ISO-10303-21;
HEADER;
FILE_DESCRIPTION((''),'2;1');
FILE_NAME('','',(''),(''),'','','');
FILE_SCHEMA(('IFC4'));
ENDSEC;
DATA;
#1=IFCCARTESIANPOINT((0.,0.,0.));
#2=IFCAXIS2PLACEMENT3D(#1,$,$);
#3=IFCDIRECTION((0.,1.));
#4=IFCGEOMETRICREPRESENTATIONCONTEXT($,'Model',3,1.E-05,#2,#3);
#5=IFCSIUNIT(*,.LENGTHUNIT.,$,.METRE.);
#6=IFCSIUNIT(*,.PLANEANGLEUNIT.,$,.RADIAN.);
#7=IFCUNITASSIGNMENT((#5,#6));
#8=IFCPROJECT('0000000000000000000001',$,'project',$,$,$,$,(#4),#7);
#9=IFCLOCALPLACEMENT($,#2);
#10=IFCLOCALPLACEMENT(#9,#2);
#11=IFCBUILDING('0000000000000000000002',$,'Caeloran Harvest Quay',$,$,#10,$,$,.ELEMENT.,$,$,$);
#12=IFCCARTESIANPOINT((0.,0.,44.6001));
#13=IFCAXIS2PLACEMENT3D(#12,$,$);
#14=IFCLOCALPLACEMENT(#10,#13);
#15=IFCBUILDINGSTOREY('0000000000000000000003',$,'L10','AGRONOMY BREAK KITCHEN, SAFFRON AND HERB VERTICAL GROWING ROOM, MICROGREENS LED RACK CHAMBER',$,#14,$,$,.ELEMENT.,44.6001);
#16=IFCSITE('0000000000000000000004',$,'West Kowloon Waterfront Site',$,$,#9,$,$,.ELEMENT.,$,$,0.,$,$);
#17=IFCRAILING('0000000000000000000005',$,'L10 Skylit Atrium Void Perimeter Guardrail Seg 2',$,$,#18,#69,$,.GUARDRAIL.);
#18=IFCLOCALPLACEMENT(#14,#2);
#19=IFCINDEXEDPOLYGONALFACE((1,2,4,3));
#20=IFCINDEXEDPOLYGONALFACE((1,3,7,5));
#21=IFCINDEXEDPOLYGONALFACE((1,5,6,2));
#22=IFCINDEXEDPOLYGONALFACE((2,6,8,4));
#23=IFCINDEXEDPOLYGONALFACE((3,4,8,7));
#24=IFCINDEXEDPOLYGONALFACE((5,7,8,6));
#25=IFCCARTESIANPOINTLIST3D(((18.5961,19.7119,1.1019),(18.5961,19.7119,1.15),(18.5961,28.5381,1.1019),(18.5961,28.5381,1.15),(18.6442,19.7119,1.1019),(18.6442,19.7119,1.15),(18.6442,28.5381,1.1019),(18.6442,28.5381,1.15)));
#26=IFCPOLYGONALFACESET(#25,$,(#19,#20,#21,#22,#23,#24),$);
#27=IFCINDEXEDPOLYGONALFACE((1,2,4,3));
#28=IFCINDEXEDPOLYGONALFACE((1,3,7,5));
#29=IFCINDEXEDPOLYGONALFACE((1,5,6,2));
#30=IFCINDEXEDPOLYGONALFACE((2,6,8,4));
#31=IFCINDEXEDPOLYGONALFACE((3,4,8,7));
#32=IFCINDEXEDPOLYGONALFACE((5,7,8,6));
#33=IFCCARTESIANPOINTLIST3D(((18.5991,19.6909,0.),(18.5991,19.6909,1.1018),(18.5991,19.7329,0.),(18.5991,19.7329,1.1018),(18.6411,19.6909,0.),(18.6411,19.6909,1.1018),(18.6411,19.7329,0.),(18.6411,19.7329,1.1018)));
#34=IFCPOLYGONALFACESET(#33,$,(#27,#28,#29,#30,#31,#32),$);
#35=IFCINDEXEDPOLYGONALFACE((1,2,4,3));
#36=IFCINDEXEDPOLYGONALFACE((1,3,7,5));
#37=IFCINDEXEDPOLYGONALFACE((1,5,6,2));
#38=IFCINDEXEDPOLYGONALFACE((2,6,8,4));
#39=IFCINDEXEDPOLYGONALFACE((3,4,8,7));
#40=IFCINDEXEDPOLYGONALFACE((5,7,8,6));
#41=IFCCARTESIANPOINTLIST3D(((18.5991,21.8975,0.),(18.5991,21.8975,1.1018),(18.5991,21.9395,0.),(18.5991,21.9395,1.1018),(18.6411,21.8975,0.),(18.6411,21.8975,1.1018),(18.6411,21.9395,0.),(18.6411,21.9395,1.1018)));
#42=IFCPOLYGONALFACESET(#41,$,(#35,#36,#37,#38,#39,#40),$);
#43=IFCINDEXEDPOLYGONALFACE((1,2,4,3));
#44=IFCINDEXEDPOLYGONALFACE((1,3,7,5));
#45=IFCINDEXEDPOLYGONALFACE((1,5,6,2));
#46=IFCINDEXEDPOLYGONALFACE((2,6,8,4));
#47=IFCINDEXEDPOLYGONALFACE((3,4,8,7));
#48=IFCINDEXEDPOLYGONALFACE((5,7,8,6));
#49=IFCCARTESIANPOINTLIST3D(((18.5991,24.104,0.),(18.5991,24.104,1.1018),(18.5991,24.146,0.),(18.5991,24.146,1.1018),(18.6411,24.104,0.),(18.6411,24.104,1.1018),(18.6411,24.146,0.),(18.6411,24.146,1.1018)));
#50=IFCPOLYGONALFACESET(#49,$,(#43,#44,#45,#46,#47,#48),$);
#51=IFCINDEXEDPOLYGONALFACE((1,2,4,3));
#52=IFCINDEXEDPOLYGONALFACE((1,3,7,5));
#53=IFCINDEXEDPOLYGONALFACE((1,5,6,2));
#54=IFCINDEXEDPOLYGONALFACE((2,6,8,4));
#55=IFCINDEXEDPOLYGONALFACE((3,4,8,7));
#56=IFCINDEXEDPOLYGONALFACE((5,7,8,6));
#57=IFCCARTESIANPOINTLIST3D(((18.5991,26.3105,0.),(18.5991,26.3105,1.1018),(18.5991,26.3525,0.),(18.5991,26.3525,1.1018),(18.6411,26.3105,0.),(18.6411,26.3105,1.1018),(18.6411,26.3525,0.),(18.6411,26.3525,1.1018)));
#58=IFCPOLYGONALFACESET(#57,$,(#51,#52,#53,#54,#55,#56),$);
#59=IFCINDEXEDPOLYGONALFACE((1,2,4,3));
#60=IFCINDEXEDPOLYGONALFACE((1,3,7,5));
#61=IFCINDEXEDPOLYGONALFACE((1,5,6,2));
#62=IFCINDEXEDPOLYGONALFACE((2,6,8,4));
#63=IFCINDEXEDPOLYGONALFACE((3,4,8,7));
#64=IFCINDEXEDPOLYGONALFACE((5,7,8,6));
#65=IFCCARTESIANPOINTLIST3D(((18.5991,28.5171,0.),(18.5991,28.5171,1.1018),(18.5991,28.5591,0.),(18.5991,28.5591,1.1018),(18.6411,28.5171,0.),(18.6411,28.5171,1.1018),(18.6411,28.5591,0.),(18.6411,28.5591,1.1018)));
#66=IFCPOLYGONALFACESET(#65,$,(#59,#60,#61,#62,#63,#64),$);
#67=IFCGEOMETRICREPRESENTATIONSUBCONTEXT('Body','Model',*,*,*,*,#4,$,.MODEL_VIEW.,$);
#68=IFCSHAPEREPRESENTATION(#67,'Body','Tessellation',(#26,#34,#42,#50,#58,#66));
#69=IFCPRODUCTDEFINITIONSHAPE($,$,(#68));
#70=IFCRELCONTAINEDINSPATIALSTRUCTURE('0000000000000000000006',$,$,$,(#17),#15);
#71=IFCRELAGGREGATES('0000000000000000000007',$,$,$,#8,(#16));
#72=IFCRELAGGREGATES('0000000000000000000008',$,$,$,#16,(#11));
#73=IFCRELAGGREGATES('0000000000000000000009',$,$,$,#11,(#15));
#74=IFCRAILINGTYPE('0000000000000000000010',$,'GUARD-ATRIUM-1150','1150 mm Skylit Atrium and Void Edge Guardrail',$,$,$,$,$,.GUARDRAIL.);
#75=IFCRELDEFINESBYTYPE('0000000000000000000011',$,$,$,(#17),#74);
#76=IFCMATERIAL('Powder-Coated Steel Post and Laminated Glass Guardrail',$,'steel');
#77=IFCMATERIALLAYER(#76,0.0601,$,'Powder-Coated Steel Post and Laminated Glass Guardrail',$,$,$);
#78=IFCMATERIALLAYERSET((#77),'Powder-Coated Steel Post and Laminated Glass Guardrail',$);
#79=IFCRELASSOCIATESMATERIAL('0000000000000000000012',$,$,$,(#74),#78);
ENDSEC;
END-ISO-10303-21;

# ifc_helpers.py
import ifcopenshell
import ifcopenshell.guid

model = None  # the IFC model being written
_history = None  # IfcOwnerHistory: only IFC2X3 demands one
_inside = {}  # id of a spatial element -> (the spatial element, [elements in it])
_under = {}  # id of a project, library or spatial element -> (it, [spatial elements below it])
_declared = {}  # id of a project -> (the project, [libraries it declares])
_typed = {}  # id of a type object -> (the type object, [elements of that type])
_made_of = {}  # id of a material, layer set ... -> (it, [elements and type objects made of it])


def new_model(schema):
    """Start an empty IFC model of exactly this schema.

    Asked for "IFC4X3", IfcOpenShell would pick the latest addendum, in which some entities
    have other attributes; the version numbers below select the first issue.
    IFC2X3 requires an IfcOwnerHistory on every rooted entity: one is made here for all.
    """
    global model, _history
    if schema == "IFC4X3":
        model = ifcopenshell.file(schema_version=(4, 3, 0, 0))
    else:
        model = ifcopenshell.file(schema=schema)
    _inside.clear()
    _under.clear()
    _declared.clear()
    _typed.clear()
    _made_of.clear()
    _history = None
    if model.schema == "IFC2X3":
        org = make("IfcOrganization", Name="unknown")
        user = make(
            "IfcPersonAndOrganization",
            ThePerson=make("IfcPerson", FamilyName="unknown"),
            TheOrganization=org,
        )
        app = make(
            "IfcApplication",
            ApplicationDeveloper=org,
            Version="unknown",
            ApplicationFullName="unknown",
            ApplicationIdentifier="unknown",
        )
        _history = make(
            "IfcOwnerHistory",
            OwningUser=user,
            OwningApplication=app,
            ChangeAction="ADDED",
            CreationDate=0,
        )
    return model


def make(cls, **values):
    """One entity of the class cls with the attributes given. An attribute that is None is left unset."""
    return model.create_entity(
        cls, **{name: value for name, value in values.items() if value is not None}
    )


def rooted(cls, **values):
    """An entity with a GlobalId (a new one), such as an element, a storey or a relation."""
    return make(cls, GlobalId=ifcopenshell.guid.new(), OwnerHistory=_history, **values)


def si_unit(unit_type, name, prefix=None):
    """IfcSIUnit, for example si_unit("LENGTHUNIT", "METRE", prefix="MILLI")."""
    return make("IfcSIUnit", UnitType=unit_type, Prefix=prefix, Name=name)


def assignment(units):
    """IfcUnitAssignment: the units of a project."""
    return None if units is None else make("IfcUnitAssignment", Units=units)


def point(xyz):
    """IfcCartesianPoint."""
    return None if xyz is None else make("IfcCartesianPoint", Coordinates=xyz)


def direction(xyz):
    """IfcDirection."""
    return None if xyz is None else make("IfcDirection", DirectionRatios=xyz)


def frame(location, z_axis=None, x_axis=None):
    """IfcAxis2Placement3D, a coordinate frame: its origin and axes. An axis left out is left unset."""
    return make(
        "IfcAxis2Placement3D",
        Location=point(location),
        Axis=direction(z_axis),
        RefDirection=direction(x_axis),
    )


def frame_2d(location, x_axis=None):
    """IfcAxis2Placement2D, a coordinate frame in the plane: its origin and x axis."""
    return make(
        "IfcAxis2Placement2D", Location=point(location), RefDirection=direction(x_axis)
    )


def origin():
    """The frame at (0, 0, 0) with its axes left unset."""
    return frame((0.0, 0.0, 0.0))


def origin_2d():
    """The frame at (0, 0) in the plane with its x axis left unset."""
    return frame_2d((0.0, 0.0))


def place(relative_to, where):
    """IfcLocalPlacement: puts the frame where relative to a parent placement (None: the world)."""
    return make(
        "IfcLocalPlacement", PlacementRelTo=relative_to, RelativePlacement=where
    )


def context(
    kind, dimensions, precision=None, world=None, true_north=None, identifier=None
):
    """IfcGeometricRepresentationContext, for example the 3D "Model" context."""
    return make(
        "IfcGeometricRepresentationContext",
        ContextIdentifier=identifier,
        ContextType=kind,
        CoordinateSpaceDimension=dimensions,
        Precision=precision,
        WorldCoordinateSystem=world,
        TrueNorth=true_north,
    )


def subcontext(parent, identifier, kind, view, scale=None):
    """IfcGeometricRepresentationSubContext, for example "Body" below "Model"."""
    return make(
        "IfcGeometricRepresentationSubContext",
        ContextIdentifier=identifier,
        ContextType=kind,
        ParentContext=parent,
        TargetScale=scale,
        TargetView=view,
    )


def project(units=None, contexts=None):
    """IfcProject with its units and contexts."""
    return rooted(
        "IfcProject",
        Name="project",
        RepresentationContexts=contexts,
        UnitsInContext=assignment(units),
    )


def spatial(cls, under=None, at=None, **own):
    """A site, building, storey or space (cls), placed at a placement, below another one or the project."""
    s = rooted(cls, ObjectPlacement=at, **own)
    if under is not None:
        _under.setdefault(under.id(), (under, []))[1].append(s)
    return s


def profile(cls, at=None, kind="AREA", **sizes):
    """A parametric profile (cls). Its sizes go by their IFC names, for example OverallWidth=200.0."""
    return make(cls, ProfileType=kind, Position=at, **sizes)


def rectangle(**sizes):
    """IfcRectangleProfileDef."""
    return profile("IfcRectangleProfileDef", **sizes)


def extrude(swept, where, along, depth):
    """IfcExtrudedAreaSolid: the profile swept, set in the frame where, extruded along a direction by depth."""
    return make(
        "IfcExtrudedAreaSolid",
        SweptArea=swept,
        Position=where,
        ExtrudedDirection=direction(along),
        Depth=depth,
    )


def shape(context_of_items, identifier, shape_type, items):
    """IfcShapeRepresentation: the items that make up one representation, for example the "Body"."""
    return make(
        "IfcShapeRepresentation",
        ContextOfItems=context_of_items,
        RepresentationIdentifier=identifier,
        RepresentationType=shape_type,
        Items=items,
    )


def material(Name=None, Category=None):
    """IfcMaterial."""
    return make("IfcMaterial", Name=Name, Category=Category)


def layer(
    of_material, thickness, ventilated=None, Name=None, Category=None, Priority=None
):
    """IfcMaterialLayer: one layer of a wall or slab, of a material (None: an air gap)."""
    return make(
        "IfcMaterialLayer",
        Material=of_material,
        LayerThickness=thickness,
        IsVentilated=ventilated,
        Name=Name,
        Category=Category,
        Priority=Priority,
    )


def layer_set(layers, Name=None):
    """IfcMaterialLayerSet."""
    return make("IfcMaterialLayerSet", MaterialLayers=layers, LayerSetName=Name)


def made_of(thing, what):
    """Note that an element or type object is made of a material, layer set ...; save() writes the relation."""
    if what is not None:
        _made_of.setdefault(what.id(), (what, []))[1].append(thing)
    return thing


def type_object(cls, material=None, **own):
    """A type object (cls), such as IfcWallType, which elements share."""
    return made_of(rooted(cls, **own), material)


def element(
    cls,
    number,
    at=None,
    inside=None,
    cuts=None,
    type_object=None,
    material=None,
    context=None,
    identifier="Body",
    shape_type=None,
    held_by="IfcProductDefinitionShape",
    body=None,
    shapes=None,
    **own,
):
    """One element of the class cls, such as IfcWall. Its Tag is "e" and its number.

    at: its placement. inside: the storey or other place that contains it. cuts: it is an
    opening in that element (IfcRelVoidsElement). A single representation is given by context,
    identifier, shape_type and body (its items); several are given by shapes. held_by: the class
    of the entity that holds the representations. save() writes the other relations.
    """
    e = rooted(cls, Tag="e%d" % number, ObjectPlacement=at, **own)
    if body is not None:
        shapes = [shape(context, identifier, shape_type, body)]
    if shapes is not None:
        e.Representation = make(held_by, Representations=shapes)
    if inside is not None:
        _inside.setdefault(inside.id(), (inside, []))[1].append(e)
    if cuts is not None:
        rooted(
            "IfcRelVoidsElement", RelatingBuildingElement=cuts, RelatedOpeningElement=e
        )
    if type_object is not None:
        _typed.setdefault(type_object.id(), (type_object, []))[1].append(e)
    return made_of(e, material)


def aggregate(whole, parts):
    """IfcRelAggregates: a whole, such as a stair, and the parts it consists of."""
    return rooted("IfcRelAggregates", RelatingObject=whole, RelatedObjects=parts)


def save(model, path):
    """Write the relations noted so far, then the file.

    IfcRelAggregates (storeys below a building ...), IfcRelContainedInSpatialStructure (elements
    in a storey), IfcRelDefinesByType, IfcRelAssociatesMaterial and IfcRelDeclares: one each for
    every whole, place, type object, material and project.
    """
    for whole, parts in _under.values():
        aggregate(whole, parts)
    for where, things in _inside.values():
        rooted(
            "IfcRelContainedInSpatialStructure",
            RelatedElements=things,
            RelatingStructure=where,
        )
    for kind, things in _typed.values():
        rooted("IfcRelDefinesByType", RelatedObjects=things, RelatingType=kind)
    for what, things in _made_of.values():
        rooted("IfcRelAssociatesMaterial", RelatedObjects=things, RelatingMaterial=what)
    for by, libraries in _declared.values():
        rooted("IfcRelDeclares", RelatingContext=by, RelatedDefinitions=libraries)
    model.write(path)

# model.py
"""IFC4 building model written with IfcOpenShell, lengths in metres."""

from ifc_helpers import new_model, si_unit, direction, frame, origin, origin_2d, place, context, subcontext, project, spatial, rectangle, extrude, material, layer, layer_set, type_object, element, save


model = new_model("IFC4")

# Units and contexts
model_context = context("Model", 3, precision=1e-05, world=origin(), true_north=direction((0.0, 1.0)))
body_context = subcontext(model_context, "Body", "Model", "MODEL_VIEW")
ifc_project = project(units=[si_unit("LENGTHUNIT", "METRE"), si_unit("PLANEANGLEUNIT", "RADIAN")], contexts=[model_context])

# Site, building, storey
site_placement = place(None, origin())
site = spatial("IfcSite", under=ifc_project, at=site_placement, Name="West Kowloon Waterfront Site", CompositionType="ELEMENT", RefElevation=0.0)
building_placement = place(site_placement, origin())
building = spatial("IfcBuilding", under=site, at=building_placement, Name="Caeloran Harvest Quay", CompositionType="ELEMENT")
storey_placement = place(building_placement, frame((0.0, 0.0, 44.6001)))
storey = spatial("IfcBuildingStorey", under=building, at=storey_placement, Name="L10", Description="AGRONOMY BREAK KITCHEN, SAFFRON AND HERB VERTICAL GROWING ROOM, MICROGREENS LED RACK CHAMBER", CompositionType="ELEMENT", Elevation=44.6001)

# Railing
ifc_material_1 = material(Name="Powder-Coated Steel Post and Laminated Glass Guardrail", Category="steel")
ifc_layer_1 = layer(ifc_material_1, 0.0601, Name="Powder-Coated Steel Post and Laminated Glass Guardrail")
ifc_layer_set_1 = layer_set([ifc_layer_1], Name="Powder-Coated Steel Post and Laminated Glass Guardrail")
railing_type = type_object("IfcRailingType", Name="GUARD-ATRIUM-1150", Description="1150 mm Skylit Atrium and Void Edge Guardrail", PredefinedType="GUARDRAIL", material=ifc_layer_set_1)
railing_1_placement = place(storey_placement, frame((18.6201, 19.7119, 0.0)))
element("IfcRailing", 1, at=railing_1_placement, inside=storey, type_object=railing_type, Name="L10 Skylit Atrium Void Perimeter Guardrail Seg 2", PredefinedType="GUARDRAIL", context=body_context, shape_type="SweptSolid", body=[
    extrude(rectangle(XDim=0.0481, YDim=0.0481, at=origin_2d()), frame((0.0, 0.0, 1.126), z_axis=(0.0, 1.0, 0.0), x_axis=(-1.0, 0.0, 0.0)), (0.0, 0.0, 1.0), 8.8262),
    extrude(rectangle(XDim=0.042, YDim=0.042, at=origin_2d()), origin(), (0.0, 0.0, 1.0), 1.1018),
    extrude(rectangle(XDim=0.042, YDim=0.042, at=origin_2d()), frame((0.0, 2.2065, 0.0)), (0.0, 0.0, 1.0), 1.1018),
    extrude(rectangle(XDim=0.042, YDim=0.042, at=origin_2d()), frame((0.0, 4.4131, 0.0)), (0.0, 0.0, 1.0), 1.1018),
    extrude(rectangle(XDim=0.042, YDim=0.042, at=origin_2d()), frame((0.0, 6.6196, 0.0)), (0.0, 0.0, 1.0), 1.1018),
    extrude(rectangle(XDim=0.042, YDim=0.042, at=origin_2d()), frame((0.0, 8.8262, 0.0)), (0.0, 0.0, 1.0), 1.1018),
])

save(model, "model.ifc")
